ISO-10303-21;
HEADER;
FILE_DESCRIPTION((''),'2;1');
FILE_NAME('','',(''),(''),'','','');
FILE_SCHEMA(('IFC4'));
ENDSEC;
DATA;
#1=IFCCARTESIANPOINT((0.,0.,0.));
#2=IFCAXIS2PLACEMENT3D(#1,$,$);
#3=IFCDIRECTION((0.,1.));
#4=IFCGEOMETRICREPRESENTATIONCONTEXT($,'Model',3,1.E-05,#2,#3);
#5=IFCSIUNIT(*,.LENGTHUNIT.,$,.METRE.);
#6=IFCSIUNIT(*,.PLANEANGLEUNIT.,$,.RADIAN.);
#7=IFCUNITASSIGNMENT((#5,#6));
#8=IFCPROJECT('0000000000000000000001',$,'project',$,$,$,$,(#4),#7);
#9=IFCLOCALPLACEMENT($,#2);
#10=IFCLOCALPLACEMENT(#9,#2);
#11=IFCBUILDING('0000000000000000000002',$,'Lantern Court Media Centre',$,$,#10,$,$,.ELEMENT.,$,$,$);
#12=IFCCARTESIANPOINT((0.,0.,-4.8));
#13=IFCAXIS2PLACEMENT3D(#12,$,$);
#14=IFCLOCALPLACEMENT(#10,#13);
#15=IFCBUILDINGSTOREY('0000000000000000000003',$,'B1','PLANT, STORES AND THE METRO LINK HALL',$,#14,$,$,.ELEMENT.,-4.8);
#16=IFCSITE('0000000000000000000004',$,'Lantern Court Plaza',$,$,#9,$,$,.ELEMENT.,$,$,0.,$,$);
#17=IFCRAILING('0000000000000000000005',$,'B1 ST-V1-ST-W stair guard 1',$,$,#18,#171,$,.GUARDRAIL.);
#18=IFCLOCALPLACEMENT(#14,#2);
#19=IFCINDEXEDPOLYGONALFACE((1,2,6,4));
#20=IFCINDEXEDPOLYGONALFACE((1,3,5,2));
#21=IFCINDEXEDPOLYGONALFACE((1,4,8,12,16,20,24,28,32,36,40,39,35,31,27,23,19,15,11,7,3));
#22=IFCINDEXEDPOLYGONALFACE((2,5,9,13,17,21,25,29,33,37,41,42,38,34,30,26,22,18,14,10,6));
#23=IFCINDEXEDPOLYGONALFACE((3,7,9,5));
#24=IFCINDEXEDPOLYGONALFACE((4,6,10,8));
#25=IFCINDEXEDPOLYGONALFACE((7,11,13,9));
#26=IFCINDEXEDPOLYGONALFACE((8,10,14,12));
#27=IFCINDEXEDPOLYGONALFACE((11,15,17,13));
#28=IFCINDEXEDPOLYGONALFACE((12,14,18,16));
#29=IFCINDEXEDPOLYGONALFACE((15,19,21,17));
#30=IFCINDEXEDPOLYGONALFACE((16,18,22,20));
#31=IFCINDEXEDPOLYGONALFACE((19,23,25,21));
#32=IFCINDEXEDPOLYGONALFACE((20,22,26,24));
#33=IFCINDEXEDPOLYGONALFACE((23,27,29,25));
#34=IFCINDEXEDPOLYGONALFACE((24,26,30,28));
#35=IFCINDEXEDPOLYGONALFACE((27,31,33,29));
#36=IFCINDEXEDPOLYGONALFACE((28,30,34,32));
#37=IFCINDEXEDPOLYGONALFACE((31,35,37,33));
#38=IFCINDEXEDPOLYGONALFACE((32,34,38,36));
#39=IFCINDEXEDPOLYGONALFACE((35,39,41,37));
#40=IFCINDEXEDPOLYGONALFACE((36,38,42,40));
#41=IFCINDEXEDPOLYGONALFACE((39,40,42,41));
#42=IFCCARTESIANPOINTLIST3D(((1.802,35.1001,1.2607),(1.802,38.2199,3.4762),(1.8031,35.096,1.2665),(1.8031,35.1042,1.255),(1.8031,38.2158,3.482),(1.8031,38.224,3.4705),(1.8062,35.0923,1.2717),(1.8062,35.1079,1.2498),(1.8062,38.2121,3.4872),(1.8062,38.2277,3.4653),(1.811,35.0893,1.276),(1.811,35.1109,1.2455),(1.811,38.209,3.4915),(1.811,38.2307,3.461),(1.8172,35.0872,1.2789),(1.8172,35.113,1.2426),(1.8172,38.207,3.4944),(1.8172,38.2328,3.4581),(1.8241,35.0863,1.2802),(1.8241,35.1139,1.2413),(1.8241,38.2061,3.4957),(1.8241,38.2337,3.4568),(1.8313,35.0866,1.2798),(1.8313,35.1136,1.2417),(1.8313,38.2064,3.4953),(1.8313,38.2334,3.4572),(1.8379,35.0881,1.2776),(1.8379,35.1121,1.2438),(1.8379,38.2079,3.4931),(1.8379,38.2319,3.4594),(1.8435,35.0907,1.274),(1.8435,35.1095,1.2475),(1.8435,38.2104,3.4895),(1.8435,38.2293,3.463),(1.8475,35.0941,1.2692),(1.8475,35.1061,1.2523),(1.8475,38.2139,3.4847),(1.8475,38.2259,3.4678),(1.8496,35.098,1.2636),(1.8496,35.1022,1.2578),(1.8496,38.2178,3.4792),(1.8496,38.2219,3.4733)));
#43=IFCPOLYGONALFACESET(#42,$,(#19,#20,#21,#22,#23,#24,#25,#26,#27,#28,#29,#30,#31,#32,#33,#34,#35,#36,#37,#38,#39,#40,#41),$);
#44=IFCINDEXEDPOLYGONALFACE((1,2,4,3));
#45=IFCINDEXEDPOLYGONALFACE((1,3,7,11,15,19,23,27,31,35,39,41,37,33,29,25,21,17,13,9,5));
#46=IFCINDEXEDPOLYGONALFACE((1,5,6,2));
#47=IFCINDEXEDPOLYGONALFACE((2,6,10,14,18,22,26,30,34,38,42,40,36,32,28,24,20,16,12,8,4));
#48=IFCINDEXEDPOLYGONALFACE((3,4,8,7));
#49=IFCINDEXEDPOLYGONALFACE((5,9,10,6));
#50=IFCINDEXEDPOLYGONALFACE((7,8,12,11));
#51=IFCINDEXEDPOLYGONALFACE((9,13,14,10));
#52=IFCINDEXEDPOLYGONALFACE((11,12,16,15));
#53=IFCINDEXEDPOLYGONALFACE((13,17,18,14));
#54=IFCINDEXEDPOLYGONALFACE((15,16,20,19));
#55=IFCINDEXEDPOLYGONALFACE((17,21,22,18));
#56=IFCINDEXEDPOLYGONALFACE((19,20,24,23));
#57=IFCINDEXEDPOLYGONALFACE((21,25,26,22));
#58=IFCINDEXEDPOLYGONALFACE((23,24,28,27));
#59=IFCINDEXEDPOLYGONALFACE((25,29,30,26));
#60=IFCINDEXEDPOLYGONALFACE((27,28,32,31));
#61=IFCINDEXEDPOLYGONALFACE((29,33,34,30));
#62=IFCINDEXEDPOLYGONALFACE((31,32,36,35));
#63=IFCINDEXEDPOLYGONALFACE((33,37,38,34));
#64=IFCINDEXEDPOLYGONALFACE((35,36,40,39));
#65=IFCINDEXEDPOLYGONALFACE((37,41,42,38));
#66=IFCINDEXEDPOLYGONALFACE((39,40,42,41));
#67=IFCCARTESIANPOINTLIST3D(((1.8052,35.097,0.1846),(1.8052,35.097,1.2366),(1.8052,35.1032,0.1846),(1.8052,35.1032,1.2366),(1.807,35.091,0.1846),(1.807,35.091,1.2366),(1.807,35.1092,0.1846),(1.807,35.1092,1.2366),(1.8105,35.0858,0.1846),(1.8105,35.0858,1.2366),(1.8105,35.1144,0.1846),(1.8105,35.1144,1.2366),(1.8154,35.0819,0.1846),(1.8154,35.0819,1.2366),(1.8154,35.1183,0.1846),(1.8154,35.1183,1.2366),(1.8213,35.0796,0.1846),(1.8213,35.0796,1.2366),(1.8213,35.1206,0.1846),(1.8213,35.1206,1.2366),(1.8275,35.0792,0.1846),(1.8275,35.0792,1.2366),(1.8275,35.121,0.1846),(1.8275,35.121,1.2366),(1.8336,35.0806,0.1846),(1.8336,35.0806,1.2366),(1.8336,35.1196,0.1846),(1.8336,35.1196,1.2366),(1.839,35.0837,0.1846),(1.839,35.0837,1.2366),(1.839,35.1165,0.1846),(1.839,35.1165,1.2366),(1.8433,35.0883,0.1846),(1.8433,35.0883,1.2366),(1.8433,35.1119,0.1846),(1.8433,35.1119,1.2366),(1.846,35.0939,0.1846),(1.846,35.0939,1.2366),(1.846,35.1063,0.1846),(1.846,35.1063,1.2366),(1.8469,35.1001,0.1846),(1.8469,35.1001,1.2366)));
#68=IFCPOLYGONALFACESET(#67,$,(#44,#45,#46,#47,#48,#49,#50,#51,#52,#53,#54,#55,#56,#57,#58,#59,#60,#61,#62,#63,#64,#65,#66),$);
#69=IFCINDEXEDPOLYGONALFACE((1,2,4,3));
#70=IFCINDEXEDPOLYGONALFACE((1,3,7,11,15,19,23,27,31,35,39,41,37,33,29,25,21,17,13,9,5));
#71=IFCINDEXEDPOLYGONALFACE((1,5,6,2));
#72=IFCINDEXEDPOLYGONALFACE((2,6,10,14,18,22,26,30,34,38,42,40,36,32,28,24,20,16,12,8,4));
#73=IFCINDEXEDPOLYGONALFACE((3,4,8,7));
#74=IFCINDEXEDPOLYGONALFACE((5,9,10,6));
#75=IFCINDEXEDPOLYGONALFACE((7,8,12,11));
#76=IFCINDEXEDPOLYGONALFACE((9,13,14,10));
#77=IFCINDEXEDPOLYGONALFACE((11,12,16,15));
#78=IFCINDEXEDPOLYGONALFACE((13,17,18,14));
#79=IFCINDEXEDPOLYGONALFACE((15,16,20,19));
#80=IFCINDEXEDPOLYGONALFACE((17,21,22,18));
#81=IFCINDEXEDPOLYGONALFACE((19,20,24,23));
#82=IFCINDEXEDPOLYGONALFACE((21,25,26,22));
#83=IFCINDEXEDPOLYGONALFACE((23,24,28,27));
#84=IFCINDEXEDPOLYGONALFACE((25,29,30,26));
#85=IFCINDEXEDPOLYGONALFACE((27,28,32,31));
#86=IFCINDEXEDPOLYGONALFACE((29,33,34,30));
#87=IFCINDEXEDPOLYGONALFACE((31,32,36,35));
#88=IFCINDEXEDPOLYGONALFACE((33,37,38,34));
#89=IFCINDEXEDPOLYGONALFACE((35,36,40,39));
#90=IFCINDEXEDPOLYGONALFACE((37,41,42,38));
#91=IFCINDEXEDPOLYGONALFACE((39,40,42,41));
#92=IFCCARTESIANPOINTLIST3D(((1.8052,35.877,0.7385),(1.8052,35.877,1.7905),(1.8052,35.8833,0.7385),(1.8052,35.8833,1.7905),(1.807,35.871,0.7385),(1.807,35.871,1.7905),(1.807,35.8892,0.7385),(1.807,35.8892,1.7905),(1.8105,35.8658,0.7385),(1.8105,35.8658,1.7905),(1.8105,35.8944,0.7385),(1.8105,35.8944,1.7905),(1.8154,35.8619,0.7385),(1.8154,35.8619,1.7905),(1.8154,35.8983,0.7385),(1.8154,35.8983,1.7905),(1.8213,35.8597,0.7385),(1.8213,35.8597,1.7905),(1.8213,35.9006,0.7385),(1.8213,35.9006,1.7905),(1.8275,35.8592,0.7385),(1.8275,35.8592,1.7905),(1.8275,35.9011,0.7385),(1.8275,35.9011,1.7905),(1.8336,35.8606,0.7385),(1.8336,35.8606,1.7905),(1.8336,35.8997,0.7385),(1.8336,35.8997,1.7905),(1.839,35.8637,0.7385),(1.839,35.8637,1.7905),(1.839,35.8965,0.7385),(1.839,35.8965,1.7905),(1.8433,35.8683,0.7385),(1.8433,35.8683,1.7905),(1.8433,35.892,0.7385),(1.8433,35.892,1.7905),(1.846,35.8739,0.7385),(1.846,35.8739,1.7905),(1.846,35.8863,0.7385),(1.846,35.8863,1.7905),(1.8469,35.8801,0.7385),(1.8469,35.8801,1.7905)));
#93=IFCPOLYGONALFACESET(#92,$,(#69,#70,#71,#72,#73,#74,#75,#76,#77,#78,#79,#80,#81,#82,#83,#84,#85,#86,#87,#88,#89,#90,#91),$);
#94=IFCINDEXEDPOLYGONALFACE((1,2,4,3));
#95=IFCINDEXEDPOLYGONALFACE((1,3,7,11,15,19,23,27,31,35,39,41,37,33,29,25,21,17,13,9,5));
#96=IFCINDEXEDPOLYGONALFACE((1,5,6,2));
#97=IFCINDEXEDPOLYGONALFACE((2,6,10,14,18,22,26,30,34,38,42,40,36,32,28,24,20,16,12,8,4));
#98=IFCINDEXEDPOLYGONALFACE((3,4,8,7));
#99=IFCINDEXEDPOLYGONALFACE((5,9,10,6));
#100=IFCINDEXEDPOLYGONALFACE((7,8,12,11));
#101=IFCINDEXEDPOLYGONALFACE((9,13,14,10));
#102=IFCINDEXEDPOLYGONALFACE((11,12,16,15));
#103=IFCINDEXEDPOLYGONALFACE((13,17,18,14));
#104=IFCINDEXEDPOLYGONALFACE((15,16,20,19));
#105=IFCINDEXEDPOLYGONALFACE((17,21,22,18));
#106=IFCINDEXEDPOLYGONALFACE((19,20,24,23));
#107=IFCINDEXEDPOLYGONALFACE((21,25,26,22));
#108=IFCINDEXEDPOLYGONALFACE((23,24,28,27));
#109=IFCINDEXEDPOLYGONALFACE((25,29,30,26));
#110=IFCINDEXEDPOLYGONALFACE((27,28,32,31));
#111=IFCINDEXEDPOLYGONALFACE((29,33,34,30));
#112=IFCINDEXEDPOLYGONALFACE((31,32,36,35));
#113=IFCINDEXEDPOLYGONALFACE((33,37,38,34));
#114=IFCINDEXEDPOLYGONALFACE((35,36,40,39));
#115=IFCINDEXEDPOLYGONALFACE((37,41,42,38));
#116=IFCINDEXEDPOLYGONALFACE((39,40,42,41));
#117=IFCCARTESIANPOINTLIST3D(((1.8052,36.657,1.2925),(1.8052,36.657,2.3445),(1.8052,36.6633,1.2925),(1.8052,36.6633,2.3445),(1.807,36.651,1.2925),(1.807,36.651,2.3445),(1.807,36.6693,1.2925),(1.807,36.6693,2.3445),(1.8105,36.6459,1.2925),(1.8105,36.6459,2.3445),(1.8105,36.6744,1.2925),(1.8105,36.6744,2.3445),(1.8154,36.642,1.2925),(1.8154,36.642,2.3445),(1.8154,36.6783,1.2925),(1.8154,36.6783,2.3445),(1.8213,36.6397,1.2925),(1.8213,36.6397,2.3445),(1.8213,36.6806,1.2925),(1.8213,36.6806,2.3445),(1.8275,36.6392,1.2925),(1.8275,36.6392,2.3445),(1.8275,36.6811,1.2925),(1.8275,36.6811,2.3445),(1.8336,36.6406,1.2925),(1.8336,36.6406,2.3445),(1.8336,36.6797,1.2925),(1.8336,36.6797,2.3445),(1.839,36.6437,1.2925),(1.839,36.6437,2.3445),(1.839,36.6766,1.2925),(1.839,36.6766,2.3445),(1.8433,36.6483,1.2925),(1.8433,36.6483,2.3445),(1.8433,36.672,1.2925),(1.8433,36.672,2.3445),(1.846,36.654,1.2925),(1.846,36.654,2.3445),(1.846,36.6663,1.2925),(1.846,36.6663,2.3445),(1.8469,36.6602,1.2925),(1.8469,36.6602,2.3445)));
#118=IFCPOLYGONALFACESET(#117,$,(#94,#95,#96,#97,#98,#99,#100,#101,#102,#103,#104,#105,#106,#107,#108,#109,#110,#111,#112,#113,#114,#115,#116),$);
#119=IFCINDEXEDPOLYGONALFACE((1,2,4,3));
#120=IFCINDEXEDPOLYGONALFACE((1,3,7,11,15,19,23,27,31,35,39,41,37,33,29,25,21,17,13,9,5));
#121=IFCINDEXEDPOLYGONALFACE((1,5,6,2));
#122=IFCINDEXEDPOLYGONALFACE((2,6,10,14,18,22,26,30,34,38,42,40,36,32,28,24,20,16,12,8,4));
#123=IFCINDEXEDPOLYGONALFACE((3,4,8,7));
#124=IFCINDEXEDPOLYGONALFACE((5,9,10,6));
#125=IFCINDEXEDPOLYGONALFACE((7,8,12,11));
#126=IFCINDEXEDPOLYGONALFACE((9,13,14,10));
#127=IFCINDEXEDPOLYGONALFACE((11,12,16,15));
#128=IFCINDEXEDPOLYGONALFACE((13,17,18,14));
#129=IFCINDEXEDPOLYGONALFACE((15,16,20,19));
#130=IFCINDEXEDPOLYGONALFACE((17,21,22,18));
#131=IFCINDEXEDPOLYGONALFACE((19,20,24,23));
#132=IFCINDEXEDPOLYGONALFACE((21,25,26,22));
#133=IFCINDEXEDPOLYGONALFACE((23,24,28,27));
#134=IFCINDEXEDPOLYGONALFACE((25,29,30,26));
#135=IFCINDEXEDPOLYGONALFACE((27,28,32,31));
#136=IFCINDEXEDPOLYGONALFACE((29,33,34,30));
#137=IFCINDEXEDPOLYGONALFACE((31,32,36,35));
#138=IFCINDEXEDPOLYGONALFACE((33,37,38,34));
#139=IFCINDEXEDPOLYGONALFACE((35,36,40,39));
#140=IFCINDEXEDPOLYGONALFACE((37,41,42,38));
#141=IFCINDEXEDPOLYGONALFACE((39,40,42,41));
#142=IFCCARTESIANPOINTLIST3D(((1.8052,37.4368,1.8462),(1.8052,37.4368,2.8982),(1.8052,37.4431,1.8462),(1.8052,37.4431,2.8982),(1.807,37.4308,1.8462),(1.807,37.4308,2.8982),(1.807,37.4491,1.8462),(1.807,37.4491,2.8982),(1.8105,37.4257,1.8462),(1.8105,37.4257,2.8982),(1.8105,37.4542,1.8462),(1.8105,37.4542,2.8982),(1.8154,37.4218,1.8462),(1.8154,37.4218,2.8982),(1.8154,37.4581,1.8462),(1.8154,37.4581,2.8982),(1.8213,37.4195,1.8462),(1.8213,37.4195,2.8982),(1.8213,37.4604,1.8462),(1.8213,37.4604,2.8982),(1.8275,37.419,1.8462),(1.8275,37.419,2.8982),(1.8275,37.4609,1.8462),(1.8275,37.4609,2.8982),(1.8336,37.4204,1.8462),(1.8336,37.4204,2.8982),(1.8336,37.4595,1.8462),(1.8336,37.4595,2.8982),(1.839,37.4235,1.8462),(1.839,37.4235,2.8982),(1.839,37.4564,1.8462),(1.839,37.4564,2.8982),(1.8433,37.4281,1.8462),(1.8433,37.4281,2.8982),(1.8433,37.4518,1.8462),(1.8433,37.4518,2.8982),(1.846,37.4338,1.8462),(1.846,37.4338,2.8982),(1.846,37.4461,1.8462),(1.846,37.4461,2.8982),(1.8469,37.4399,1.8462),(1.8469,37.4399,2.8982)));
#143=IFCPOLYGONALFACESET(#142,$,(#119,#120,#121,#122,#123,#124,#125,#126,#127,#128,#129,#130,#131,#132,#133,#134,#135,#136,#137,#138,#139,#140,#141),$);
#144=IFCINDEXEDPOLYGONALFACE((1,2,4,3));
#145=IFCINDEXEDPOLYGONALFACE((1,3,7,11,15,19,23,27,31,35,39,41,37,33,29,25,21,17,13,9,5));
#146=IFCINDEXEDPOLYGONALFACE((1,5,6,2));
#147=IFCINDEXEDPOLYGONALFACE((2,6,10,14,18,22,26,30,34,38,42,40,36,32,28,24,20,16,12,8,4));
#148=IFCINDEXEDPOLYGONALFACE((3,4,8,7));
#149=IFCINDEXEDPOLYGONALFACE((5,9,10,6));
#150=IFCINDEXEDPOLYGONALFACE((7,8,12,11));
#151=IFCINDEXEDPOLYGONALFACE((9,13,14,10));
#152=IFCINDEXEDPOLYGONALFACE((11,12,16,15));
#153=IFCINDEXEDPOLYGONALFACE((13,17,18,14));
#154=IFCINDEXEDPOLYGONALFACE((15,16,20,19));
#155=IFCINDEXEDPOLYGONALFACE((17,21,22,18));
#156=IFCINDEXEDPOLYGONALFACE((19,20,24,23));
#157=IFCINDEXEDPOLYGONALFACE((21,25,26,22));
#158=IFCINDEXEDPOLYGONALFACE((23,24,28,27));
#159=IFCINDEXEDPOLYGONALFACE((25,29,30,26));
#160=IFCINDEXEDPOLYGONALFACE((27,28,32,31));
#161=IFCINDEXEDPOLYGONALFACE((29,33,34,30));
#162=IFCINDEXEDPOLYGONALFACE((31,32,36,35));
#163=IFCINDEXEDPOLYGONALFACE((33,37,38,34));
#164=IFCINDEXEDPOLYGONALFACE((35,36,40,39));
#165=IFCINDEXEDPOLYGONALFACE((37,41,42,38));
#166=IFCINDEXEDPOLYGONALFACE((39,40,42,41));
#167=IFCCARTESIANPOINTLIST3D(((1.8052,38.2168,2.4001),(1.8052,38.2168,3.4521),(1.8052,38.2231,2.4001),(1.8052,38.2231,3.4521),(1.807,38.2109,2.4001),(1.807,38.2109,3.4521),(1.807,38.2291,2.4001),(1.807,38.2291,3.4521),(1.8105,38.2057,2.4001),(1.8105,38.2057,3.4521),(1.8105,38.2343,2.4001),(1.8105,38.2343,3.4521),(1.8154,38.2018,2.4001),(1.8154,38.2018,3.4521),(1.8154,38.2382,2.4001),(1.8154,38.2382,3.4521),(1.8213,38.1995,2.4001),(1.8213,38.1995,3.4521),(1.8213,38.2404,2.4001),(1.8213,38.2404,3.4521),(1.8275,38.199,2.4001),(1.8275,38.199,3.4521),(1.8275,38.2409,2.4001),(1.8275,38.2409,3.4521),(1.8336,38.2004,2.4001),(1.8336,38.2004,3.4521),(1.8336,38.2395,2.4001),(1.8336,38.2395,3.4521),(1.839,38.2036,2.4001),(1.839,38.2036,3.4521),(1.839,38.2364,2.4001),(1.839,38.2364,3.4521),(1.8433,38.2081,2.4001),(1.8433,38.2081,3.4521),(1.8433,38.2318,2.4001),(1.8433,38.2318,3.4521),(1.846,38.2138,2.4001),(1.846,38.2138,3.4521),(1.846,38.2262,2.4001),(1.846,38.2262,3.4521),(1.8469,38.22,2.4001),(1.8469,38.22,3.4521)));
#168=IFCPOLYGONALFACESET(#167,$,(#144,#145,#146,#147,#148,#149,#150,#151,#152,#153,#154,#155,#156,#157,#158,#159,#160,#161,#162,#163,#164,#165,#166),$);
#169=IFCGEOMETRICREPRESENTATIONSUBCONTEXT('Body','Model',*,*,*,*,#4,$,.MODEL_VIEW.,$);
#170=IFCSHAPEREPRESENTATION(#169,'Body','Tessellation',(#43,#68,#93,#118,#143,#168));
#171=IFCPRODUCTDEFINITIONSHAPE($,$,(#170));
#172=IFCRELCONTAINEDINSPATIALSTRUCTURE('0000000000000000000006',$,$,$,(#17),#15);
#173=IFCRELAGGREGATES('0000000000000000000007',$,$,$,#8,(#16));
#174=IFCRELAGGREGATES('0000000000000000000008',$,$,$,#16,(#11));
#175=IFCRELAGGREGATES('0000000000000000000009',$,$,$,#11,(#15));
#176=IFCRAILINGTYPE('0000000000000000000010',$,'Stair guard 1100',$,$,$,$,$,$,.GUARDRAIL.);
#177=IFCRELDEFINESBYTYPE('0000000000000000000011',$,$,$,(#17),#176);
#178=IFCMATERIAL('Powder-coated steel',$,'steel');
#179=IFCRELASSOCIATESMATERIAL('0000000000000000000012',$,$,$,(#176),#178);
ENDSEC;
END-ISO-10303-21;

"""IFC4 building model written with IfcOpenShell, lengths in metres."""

from ifc_helpers import new_model, si_unit, direction, frame, origin, origin_2d, place, context, subcontext, project, spatial, circle, extrude, material, type_object, element, save


model = new_model("IFC4")

# Units and contexts
model_context = context("Model", 3, precision=1e-05, world=origin(), true_north=direction((0.0, 1.0)))
body_context = subcontext(model_context, "Body", "Model", "MODEL_VIEW")
ifc_project = project(units=[si_unit("LENGTHUNIT", "METRE"), si_unit("PLANEANGLEUNIT", "RADIAN")], contexts=[model_context])

# Site, building, storey
site_placement = place(None, origin())
site = spatial("IfcSite", under=ifc_project, at=site_placement, Name="Lantern Court Plaza", CompositionType="ELEMENT", RefElevation=0.0)
building_placement = place(site_placement, origin())
building = spatial("IfcBuilding", under=site, at=building_placement, Name="Lantern Court Media Centre", CompositionType="ELEMENT")
storey_placement = place(building_placement, frame((0.0, 0.0, -4.8)))
storey = spatial("IfcBuildingStorey", under=building, at=storey_placement, Name="B1", Description="PLANT, STORES AND THE METRO LINK HALL", CompositionType="ELEMENT", Elevation=-4.8)

# Railing
ifc_material_1 = material(Name="Powder-coated steel", Category="steel")
railing_type = type_object("IfcRailingType", Name="Stair guard 1100", PredefinedType="GUARDRAIL", material=ifc_material_1)
railing_1_placement = place(storey_placement, frame((1.8259, 35.1001, 0.1846)))
element("IfcRailing", 1, at=railing_1_placement, inside=storey, type_object=railing_type, Name="B1 ST-V1-ST-W stair guard 1", PredefinedType="GUARDRAIL", context=body_context, shape_type="SweptSolid", body=[
    extrude(circle(Radius=0.0239, at=origin_2d()), frame((0.0, 0.0, 1.0762), z_axis=(0.0, 0.815325, 0.579003), x_axis=(-1.0, 0.0, 0.0)), (0.0, 0.0, 1.0), 3.8264),
    extrude(circle(Radius=0.021, at=origin_2d()), origin(), (0.0, 0.0, 1.0), 1.052),
    extrude(circle(Radius=0.021, at=origin_2d()), frame((0.0, 0.78, 0.554)), (0.0, 0.0, 1.0), 1.052),
    extrude(circle(Radius=0.021, at=origin_2d()), frame((0.0, 1.5601, 1.1079)), (0.0, 0.0, 1.0), 1.052),
    extrude(circle(Radius=0.021, at=origin_2d()), frame((0.0, 2.3398, 1.6616)), (0.0, 0.0, 1.0), 1.052),
    extrude(circle(Radius=0.021, at=origin_2d()), frame((0.0, 3.1199, 2.2156)), (0.0, 0.0, 1.0), 1.052),
])

save(model, "model.ifc")
